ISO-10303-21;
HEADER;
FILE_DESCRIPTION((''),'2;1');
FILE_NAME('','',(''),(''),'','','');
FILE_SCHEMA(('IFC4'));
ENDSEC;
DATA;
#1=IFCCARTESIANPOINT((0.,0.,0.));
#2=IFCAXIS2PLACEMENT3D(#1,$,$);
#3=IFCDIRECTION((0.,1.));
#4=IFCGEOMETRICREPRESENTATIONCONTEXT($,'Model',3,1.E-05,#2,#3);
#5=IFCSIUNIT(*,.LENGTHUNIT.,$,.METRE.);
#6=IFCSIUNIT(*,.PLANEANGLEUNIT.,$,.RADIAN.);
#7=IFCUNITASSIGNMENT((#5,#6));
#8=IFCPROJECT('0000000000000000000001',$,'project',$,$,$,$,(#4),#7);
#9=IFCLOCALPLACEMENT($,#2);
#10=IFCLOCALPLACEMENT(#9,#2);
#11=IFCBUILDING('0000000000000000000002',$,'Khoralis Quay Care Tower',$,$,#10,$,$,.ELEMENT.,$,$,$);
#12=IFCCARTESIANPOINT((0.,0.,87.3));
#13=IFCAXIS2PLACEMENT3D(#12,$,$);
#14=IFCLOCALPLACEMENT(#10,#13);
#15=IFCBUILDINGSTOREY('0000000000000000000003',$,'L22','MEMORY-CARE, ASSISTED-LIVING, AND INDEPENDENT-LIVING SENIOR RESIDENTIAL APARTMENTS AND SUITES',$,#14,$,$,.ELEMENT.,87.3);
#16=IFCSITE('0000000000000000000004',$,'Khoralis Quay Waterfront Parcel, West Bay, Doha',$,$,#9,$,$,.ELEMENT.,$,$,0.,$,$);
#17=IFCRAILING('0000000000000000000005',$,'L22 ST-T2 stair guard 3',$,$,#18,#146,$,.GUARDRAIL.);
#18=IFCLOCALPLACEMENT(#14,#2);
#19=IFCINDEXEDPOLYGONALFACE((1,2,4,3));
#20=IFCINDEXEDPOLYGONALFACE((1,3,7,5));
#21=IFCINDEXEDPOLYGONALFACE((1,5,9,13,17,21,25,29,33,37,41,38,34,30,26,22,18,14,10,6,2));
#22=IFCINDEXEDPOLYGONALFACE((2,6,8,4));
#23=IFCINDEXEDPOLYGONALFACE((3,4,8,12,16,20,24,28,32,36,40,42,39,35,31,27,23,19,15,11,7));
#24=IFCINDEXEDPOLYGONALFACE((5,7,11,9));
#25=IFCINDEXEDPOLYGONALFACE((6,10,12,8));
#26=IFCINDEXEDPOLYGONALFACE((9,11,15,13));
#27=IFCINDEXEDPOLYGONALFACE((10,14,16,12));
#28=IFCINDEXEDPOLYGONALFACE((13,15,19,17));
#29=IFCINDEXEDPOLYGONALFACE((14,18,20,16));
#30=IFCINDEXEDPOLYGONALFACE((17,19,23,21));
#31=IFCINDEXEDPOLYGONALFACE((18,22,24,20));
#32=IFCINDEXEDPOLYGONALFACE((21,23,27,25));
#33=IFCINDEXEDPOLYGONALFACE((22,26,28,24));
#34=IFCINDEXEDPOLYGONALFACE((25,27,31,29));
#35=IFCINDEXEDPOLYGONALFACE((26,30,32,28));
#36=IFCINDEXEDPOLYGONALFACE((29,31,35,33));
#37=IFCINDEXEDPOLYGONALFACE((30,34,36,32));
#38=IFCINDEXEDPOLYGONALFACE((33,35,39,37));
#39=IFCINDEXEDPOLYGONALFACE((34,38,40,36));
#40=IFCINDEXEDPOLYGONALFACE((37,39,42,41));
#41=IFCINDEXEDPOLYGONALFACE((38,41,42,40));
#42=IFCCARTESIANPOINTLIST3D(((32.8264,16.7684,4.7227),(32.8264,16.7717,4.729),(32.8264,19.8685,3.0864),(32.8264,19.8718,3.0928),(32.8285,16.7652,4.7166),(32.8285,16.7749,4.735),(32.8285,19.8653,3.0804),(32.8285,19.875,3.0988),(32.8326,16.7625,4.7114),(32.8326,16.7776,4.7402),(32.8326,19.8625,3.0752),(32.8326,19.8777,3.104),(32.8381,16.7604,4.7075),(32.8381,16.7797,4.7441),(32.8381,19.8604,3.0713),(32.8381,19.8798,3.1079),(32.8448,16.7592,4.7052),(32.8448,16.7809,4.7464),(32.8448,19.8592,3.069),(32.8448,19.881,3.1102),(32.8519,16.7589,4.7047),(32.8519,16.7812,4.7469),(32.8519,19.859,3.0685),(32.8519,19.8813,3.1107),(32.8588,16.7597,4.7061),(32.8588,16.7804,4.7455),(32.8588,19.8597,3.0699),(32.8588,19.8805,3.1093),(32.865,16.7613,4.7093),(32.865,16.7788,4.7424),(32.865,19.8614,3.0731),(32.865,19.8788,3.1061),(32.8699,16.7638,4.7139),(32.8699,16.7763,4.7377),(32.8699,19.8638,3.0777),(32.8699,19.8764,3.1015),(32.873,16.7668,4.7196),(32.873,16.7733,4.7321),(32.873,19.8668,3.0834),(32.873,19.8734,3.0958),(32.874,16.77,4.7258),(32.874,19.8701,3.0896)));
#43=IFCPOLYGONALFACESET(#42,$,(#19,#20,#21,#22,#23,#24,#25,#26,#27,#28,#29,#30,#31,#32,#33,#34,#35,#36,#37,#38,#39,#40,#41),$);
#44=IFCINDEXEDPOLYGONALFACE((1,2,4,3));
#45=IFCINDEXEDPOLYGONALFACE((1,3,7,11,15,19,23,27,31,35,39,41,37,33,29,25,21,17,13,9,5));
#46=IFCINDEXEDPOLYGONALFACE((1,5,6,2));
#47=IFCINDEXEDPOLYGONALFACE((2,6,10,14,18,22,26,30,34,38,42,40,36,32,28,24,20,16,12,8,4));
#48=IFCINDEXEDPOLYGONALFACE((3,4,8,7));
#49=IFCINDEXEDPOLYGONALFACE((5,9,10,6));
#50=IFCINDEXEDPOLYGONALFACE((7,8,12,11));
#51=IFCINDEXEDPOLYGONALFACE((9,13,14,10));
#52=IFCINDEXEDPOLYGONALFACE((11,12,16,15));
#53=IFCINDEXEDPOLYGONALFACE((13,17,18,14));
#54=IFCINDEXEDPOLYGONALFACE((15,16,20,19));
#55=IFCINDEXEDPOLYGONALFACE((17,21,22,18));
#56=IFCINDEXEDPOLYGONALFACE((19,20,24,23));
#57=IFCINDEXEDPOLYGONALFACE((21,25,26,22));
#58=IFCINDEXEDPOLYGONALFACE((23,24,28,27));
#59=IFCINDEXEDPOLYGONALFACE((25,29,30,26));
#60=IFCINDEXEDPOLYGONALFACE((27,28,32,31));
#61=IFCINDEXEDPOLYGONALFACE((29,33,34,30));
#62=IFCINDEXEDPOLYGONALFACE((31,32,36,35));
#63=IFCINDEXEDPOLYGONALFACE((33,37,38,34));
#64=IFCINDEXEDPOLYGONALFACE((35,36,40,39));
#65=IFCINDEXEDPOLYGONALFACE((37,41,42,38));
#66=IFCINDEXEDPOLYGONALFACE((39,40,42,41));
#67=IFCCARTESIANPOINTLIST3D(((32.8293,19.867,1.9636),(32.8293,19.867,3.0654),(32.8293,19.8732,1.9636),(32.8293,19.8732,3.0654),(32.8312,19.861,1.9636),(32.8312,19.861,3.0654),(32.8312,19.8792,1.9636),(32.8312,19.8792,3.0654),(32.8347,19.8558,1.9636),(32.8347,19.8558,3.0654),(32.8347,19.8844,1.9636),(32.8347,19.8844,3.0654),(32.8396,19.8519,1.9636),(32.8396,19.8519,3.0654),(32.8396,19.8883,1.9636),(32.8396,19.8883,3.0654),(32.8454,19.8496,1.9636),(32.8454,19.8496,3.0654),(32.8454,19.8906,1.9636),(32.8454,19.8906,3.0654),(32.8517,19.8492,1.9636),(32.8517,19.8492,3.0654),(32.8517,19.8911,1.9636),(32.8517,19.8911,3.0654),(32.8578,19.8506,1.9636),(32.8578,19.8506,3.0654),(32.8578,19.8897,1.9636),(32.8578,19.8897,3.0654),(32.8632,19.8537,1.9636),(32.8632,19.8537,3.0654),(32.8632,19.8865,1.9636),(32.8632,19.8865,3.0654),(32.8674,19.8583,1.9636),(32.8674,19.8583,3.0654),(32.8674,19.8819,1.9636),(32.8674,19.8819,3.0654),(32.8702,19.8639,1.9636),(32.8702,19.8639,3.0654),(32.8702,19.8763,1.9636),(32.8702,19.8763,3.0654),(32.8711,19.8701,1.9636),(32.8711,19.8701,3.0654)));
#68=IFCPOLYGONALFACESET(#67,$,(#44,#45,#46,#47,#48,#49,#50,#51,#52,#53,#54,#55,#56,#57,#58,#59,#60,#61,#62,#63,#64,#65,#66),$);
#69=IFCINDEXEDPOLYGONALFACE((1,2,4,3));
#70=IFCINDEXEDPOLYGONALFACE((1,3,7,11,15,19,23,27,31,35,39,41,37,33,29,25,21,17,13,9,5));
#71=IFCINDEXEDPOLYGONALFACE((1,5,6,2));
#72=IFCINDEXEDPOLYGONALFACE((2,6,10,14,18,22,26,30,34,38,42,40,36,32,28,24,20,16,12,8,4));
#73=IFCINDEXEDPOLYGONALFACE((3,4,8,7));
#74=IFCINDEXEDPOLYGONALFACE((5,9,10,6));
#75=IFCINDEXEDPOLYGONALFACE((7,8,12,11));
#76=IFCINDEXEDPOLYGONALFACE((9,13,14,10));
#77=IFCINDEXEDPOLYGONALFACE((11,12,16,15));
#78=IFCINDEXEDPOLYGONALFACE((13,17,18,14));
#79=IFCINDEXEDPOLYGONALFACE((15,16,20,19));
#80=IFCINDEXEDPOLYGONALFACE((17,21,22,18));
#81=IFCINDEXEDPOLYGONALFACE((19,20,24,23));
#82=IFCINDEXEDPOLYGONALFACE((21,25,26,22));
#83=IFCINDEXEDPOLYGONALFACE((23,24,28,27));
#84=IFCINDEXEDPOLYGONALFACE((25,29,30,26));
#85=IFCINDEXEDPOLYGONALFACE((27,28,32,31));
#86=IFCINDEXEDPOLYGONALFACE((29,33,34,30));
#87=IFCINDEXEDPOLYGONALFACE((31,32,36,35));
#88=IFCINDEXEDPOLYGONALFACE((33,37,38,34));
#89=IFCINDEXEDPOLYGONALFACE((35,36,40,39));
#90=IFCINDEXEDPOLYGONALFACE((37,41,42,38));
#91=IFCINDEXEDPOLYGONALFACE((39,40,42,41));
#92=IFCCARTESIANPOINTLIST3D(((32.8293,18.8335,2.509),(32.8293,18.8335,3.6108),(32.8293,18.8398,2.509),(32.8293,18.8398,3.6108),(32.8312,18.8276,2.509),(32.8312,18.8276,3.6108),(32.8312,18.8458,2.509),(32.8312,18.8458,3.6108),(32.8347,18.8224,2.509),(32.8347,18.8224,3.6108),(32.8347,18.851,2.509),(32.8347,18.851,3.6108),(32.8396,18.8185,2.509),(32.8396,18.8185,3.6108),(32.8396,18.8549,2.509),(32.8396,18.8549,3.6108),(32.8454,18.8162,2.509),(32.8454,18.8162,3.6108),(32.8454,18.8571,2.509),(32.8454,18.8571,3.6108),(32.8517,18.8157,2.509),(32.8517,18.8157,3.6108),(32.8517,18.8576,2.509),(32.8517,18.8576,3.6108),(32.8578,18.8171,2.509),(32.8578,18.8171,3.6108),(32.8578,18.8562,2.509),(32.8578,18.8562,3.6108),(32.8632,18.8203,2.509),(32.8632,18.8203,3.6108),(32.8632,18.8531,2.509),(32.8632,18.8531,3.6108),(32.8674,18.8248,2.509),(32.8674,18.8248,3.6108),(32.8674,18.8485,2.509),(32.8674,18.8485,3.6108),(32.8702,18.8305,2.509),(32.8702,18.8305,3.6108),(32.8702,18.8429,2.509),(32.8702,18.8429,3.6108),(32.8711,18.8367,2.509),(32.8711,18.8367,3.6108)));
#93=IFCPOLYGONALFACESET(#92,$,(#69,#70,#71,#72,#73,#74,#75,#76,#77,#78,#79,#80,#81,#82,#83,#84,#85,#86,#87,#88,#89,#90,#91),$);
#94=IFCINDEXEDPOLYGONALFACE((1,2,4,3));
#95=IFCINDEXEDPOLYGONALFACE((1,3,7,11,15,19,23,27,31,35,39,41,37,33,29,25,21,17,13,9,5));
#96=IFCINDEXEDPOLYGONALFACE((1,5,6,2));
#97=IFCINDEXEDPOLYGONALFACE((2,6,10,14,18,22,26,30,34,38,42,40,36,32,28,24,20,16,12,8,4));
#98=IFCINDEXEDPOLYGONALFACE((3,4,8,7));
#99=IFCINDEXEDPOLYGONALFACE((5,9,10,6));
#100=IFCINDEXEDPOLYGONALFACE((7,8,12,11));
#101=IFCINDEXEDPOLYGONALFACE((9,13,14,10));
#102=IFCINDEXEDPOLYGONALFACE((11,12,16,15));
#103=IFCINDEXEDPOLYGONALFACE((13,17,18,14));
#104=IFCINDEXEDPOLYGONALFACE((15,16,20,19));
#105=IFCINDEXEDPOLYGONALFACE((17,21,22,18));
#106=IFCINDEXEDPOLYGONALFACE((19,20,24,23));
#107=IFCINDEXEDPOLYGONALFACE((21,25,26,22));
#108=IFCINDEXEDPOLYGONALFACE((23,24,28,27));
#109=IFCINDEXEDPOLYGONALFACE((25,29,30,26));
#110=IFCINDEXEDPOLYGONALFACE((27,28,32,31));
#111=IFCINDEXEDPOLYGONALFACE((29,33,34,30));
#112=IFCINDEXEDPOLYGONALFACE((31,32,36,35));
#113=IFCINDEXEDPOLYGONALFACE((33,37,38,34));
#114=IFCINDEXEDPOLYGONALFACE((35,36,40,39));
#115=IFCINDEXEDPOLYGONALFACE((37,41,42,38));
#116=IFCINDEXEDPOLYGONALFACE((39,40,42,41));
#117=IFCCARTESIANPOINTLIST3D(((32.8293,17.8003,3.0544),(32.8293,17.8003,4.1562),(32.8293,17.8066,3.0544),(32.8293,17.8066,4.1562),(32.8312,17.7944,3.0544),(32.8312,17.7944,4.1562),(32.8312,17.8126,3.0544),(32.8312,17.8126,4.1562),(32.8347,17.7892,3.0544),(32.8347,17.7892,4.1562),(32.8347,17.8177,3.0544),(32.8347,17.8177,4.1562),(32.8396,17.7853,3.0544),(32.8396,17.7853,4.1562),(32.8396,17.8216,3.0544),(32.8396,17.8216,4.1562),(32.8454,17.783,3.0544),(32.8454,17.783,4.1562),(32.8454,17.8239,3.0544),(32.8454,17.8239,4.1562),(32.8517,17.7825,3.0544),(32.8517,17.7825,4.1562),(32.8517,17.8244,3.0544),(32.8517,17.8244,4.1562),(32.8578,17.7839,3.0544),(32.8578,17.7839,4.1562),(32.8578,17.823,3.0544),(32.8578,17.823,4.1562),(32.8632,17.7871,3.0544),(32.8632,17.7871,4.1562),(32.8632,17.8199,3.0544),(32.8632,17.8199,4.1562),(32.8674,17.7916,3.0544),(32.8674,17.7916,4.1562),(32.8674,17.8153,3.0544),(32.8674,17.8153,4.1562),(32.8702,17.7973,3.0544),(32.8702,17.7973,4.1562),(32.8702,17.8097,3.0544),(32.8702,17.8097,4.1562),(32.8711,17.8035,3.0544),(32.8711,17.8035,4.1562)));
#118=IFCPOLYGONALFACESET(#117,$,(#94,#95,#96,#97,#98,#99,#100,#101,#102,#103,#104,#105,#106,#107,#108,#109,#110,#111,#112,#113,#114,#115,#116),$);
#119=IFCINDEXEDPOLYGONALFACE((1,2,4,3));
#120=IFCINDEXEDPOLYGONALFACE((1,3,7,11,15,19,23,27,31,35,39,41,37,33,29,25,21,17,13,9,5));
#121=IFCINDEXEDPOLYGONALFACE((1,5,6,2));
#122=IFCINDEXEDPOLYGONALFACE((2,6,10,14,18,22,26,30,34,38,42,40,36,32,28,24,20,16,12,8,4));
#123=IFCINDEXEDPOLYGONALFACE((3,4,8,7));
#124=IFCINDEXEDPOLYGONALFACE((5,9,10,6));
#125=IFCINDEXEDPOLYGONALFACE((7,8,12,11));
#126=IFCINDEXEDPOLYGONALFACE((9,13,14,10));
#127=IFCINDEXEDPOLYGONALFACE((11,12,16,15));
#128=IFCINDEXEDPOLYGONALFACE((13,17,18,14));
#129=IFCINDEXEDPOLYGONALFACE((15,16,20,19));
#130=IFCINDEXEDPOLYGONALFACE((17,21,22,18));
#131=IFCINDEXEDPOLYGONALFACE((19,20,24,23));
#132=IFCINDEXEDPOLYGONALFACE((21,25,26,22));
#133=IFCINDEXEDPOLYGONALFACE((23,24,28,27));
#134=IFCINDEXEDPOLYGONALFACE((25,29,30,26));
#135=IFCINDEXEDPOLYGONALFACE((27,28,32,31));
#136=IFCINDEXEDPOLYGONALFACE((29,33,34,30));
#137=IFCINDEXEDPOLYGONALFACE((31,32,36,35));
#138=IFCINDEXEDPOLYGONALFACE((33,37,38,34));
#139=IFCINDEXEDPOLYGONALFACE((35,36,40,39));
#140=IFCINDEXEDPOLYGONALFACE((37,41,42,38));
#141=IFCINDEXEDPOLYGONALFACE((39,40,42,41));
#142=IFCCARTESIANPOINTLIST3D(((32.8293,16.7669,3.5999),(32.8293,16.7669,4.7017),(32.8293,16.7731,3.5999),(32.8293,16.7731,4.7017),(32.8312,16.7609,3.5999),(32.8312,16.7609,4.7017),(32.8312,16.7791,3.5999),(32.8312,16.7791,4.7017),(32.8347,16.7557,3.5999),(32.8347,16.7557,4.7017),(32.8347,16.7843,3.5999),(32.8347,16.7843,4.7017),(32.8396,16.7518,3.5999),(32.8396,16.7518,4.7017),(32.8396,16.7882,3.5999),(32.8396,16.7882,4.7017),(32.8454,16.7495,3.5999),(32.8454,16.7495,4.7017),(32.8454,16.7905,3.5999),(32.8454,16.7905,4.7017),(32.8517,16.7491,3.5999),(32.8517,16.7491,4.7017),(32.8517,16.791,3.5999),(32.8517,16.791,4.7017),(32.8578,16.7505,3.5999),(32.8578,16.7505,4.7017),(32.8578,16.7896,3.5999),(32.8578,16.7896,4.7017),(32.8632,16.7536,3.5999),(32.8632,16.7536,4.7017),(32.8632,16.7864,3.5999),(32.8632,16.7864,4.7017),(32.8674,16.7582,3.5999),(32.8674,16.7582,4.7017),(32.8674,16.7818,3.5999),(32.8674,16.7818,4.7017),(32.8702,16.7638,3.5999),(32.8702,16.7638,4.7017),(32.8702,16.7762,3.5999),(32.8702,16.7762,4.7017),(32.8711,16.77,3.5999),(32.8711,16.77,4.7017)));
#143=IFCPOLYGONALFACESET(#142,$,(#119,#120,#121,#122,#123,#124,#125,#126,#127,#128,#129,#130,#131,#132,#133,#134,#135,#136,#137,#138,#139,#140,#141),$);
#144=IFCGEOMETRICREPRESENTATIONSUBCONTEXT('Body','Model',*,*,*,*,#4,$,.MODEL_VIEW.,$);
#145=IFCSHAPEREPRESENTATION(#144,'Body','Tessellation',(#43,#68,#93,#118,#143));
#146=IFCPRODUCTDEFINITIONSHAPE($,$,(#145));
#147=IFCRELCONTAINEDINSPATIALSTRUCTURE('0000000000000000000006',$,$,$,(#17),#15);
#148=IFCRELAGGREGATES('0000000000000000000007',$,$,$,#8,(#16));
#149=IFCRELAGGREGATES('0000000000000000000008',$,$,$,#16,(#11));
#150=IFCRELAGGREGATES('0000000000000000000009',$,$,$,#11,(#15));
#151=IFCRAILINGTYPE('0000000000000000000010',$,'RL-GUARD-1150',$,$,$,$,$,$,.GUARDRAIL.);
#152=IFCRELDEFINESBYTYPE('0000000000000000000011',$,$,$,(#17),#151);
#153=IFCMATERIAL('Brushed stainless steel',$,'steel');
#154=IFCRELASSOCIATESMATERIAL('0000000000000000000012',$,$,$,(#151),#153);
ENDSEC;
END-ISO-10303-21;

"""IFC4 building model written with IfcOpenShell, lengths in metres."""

from ifc_helpers import new_model, si_unit, direction, frame, origin, origin_2d, place, context, subcontext, project, spatial, circle, extrude, material, type_object, element, save


model = new_model("IFC4")

# Units and contexts
model_context = context("Model", 3, precision=1e-05, world=origin(), true_north=direction((0.0, 1.0)))
body_context = subcontext(model_context, "Body", "Model", "MODEL_VIEW")
ifc_project = project(units=[si_unit("LENGTHUNIT", "METRE"), si_unit("PLANEANGLEUNIT", "RADIAN")], contexts=[model_context])

# Site, building, storey
site_placement = place(None, origin())
site = spatial("IfcSite", under=ifc_project, at=site_placement, Name="Khoralis Quay Waterfront Parcel, West Bay, Doha", CompositionType="ELEMENT", RefElevation=0.0)
building_placement = place(site_placement, origin())
building = spatial("IfcBuilding", under=site, at=building_placement, Name="Khoralis Quay Care Tower", CompositionType="ELEMENT")
storey_placement = place(building_placement, frame((0.0, 0.0, 87.3)))
storey = spatial("IfcBuildingStorey", under=building, at=storey_placement, Name="L22", Description="MEMORY-CARE, ASSISTED-LIVING, AND INDEPENDENT-LIVING SENIOR RESIDENTIAL APARTMENTS AND SUITES", CompositionType="ELEMENT", Elevation=87.3)

# Shared definitions
ifc_material_1 = material(Name="Brushed stainless steel", Category="steel")

# Railing
railing_type = type_object("IfcRailingType", Name="RL-GUARD-1150", PredefinedType="GUARDRAIL", material=ifc_material_1)
railing_1_placement = place(storey_placement, frame((32.8501, 19.8701, 1.9636)))
element("IfcRailing", 1, at=railing_1_placement, inside=storey, type_object=railing_type, Name="L22 ST-T2 stair guard 3", PredefinedType="GUARDRAIL", context=body_context, shape_type="SweptSolid", body=[
    extrude(circle(Radius=0.0239, at=origin_2d()), frame((0.0, 0.0, 1.126), z_axis=(0.0, -0.884377, 0.466774), x_axis=(1.0, 0.0, 0.0)), (0.0, 0.0, 1.0), 3.5054),
    extrude(circle(Radius=0.021, at=origin_2d()), origin(), (0.0, 0.0, 1.0), 1.1018),
    extrude(circle(Radius=0.021, at=origin_2d()), frame((0.0, -1.0334, 0.5454)), (0.0, 0.0, 1.0), 1.1018),
    extrude(circle(Radius=0.021, at=origin_2d()), frame((0.0, -2.0667, 1.0908)), (0.0, 0.0, 1.0), 1.1018),
    extrude(circle(Radius=0.021, at=origin_2d()), frame((0.0, -3.1001, 1.6362)), (0.0, 0.0, 1.0), 1.1018),
])

save(model, "model.ifc")
